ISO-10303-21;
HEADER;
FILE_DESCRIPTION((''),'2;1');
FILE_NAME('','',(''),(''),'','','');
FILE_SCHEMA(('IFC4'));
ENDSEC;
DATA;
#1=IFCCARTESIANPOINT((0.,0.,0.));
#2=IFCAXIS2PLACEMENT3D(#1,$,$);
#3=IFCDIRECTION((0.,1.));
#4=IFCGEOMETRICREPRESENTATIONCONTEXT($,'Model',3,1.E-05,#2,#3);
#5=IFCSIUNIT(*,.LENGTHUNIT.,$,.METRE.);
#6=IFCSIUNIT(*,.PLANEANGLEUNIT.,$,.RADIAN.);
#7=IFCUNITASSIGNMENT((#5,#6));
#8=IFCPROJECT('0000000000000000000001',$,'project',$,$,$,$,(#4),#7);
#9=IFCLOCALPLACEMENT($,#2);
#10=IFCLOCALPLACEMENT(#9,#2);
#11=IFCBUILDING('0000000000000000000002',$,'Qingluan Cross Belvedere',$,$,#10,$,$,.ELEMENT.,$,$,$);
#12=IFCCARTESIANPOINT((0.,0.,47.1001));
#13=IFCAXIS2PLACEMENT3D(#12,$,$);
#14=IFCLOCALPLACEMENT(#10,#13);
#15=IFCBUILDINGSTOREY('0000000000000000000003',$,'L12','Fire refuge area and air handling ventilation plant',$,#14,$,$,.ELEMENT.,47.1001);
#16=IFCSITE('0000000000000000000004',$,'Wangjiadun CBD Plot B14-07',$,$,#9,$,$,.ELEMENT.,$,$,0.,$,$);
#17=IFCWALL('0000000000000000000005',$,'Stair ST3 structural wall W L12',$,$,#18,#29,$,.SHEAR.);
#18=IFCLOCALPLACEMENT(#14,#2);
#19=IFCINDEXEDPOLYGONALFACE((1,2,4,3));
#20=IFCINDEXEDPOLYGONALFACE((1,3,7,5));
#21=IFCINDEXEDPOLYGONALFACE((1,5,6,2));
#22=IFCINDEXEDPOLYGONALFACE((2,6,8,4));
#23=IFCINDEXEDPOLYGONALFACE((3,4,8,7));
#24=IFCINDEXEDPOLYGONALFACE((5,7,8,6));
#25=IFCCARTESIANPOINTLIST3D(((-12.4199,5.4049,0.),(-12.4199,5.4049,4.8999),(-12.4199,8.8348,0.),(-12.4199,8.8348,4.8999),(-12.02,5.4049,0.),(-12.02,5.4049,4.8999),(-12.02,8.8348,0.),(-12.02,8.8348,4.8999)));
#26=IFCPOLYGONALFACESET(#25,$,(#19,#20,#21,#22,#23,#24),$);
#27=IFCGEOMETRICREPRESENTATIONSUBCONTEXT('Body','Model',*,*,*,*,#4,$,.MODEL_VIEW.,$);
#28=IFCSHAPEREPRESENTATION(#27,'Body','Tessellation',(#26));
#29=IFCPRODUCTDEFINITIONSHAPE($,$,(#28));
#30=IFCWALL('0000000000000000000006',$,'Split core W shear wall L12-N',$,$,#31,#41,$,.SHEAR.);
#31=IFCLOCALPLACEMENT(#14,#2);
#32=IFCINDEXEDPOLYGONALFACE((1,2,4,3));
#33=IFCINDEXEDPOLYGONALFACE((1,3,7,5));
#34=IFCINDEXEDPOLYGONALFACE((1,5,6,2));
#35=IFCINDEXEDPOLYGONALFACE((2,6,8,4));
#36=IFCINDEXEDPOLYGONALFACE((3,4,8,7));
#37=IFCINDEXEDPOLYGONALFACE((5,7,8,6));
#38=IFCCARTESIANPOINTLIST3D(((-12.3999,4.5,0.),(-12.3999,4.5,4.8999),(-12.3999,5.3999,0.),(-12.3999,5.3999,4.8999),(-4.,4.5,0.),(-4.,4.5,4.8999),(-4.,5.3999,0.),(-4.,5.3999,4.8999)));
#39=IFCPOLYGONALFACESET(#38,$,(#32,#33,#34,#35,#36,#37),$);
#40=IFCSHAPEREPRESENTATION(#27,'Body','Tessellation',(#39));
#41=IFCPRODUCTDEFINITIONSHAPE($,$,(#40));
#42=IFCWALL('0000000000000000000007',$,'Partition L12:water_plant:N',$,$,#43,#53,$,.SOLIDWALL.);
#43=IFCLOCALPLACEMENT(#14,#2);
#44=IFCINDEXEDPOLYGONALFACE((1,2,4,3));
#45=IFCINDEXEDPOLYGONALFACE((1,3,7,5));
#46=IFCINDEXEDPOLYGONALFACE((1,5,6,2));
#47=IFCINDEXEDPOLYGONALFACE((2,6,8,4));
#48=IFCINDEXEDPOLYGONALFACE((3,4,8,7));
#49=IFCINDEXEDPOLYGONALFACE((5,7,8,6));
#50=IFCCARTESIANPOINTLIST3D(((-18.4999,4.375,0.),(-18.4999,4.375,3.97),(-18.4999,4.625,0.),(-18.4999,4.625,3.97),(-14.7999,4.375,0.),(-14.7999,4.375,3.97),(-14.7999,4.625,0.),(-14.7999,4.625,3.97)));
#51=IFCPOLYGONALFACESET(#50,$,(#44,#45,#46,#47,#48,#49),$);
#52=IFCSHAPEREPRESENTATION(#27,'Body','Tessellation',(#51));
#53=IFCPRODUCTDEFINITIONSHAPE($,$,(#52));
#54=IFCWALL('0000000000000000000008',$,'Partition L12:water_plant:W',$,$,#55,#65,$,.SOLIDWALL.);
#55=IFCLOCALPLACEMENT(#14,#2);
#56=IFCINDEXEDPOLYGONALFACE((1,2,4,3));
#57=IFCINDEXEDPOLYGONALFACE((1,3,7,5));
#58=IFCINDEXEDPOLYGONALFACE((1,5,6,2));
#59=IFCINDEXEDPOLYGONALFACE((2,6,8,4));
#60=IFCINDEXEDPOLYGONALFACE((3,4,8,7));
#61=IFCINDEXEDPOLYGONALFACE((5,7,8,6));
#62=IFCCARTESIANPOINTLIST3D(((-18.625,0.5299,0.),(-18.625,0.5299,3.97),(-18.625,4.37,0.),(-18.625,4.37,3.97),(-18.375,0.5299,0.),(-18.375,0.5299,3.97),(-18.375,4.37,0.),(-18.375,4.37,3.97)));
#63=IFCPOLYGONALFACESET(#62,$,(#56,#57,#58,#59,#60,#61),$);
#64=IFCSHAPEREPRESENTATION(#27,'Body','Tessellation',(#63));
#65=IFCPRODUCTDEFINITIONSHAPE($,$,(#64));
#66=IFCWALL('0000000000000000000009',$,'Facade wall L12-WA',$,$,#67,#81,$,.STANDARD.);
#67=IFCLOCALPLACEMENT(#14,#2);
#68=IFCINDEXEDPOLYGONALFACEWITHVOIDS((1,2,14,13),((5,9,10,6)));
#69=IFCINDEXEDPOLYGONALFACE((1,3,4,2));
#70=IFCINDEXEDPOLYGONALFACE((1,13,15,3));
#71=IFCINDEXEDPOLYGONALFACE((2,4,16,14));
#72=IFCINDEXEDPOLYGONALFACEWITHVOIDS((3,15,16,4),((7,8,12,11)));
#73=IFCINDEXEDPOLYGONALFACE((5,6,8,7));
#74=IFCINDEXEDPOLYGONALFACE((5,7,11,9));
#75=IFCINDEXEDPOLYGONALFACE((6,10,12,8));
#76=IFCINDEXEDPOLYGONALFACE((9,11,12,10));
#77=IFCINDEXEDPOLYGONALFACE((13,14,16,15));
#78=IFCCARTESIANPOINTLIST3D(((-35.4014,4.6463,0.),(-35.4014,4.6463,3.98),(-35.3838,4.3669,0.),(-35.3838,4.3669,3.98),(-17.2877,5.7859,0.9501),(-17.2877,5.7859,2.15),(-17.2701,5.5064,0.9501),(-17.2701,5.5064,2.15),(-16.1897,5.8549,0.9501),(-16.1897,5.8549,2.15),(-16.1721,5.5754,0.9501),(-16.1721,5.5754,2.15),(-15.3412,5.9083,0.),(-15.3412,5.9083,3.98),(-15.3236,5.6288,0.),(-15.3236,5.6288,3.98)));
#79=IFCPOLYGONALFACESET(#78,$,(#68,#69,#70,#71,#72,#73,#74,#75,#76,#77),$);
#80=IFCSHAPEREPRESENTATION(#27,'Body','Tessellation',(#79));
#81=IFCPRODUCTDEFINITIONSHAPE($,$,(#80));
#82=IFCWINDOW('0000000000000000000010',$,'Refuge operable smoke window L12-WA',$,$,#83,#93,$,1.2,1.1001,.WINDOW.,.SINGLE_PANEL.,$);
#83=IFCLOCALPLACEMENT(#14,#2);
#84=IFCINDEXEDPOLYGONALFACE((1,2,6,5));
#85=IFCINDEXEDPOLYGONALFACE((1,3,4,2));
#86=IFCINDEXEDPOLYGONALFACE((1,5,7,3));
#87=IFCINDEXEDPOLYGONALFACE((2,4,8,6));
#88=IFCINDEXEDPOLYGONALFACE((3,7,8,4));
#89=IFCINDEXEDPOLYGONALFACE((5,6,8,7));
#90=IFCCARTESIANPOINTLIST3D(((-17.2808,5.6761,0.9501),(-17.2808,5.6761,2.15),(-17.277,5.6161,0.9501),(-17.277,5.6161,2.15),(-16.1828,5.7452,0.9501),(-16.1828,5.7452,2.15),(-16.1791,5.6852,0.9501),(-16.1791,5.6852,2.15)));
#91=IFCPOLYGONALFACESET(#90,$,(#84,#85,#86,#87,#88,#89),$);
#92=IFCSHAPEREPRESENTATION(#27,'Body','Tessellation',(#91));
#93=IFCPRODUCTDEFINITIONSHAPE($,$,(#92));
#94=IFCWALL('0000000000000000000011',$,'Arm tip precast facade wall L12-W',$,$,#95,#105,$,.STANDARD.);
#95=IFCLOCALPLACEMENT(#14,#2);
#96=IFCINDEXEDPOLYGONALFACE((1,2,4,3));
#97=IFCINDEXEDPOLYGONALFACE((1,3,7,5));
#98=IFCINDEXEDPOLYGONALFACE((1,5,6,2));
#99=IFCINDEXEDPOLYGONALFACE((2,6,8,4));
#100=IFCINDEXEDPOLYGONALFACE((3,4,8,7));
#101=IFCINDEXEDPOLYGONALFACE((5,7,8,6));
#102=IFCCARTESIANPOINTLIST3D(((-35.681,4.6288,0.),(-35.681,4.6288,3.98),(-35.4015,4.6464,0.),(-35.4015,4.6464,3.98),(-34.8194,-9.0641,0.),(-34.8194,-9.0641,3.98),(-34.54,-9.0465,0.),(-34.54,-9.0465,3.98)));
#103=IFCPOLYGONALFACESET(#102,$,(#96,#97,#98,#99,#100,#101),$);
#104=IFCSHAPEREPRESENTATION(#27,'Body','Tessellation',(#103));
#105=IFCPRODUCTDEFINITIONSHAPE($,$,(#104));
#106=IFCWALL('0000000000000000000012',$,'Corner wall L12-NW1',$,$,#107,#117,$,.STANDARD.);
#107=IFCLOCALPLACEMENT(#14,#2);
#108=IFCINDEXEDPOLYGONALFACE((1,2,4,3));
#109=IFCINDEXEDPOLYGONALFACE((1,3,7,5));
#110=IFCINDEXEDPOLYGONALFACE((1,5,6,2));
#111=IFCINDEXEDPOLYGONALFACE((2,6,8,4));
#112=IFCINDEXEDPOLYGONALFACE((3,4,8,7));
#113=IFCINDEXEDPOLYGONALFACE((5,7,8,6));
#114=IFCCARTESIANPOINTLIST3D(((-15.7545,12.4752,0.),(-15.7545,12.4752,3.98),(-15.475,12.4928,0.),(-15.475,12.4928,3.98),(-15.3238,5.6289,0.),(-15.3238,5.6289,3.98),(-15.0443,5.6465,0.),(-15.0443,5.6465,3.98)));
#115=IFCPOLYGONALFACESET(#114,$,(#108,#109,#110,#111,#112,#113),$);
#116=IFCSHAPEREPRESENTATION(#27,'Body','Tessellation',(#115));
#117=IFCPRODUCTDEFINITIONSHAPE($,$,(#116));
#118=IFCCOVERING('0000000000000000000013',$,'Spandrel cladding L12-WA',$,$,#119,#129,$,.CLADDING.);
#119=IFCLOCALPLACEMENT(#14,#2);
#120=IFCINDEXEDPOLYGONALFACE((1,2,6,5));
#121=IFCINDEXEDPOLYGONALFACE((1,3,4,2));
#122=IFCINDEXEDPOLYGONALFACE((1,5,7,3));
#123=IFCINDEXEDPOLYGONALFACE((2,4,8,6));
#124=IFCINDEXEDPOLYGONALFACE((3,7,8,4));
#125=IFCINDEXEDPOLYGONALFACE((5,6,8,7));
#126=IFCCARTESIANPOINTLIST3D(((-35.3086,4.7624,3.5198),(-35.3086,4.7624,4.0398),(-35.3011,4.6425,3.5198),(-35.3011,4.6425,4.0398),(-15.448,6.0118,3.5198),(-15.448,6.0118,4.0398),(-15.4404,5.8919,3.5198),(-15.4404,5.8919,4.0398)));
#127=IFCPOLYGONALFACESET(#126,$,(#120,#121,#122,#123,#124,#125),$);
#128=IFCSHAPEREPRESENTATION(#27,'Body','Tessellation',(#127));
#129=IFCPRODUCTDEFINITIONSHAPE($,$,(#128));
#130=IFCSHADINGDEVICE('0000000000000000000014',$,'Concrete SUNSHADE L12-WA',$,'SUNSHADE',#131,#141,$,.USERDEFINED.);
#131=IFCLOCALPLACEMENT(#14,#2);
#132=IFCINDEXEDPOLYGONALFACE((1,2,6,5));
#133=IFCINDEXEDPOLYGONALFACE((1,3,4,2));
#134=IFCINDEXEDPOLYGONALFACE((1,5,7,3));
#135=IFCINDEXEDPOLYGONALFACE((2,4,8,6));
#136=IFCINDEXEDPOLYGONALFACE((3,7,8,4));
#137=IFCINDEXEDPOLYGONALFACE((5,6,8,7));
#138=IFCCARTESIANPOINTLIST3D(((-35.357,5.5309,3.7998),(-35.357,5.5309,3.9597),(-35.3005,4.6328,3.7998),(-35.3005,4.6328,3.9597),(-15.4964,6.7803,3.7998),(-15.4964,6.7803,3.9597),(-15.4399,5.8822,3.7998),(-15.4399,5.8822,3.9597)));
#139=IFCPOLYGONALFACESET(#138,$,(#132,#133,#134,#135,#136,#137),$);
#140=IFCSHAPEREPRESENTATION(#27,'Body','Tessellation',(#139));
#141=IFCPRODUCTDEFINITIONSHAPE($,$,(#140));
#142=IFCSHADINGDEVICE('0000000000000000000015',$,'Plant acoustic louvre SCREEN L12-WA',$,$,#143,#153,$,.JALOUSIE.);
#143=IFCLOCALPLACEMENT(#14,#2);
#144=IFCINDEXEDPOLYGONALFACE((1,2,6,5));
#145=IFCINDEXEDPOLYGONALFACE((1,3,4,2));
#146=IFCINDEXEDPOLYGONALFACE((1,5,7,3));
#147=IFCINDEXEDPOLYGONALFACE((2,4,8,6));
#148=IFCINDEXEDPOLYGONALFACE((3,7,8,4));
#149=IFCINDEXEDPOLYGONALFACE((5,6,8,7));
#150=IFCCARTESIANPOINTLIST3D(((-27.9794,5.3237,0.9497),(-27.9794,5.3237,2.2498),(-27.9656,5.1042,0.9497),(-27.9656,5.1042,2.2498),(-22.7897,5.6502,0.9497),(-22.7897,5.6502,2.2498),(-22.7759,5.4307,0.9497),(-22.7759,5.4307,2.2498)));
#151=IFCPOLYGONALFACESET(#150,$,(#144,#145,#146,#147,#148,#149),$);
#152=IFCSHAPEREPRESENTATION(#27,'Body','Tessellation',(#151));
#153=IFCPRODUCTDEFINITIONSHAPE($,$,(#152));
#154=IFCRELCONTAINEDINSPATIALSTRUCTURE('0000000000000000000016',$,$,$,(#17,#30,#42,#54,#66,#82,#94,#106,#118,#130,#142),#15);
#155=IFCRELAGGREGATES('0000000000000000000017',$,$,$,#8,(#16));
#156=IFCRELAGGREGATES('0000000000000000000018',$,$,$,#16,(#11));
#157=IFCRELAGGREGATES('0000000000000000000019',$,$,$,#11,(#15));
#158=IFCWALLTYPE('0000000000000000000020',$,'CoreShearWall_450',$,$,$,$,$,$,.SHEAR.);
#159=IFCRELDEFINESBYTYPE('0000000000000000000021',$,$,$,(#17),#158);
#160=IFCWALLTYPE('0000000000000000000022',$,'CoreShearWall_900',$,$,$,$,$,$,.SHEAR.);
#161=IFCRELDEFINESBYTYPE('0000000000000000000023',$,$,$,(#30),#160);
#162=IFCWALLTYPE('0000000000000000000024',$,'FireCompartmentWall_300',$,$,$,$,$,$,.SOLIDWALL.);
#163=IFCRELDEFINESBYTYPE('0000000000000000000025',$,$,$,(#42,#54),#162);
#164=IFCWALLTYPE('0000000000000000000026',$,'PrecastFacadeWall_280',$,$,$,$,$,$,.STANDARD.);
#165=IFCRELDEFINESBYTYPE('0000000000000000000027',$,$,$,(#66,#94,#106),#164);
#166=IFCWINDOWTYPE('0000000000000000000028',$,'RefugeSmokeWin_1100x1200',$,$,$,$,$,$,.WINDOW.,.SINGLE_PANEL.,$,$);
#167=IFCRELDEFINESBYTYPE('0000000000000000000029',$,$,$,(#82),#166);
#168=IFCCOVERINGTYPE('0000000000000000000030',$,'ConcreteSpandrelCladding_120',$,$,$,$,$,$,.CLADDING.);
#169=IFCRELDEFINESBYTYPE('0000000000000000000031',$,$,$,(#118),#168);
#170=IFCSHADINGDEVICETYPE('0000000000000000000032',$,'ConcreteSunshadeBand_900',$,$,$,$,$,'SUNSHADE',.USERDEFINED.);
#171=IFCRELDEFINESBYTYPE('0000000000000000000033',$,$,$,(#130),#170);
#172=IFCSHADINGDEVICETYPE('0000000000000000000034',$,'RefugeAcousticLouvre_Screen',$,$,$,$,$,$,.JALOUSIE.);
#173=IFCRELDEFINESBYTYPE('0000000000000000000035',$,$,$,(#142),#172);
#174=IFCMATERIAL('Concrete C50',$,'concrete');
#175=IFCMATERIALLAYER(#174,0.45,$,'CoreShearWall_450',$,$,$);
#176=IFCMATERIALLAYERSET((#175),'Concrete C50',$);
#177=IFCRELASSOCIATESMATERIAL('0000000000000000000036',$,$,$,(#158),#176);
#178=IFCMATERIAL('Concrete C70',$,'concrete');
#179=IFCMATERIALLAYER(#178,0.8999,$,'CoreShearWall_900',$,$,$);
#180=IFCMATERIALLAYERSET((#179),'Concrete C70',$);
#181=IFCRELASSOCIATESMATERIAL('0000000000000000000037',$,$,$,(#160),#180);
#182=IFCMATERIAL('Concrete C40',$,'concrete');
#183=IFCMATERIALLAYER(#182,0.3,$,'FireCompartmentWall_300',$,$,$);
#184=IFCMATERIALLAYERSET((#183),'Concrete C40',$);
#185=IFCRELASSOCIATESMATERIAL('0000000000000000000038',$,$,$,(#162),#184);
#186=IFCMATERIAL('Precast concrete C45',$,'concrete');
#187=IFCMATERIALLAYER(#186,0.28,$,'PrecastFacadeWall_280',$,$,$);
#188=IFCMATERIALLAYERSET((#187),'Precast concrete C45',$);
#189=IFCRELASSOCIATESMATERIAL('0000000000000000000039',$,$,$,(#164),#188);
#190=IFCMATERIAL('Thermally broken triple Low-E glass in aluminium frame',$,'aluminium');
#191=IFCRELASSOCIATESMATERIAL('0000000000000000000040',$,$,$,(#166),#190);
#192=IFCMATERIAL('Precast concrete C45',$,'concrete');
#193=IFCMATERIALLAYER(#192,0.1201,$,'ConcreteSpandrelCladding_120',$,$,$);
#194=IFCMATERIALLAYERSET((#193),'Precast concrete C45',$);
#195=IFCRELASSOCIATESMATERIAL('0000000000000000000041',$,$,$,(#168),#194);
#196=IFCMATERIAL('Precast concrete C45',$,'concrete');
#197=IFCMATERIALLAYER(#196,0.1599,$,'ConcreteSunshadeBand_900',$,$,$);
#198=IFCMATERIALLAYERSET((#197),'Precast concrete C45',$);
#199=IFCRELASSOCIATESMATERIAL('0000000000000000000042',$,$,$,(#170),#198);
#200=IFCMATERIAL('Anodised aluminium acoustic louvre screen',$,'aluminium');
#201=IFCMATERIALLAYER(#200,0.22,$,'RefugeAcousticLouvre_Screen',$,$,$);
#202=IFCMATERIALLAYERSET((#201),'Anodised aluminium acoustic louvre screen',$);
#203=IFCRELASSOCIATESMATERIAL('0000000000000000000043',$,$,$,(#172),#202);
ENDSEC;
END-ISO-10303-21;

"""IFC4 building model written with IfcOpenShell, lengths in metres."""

from ifc_helpers import new_model, si_unit, direction, frame, frame_2d, origin, origin_2d, place, context, subcontext, project, spatial, rectangle, extrude, material, layer, layer_set, type_object, element, fill, save


model = new_model("IFC4")

# Units and contexts
model_context = context("Model", 3, precision=1e-05, world=origin(), true_north=direction((0.0, 1.0)))
body_context = subcontext(model_context, "Body", "Model", "MODEL_VIEW")
ifc_project = project(units=[si_unit("LENGTHUNIT", "METRE"), si_unit("PLANEANGLEUNIT", "RADIAN")], contexts=[model_context])

# Site, building, storey
site_placement = place(None, origin())
site = spatial("IfcSite", under=ifc_project, at=site_placement, Name="Wangjiadun CBD Plot B14-07", CompositionType="ELEMENT", RefElevation=0.0)
building_placement = place(site_placement, origin())
building = spatial("IfcBuilding", under=site, at=building_placement, Name="Qingluan Cross Belvedere", CompositionType="ELEMENT")
storey_placement = place(building_placement, frame((0.0, 0.0, 47.1001)))
storey = spatial("IfcBuildingStorey", under=building, at=storey_placement, Name="L12", Description="Fire refuge area and air handling ventilation plant", CompositionType="ELEMENT", Elevation=47.1001)

# Walls
ifc_material_1 = material(Name="Concrete C50", Category="concrete")
ifc_layer_1 = layer(ifc_material_1, 0.45, Name="CoreShearWall_450")
ifc_layer_set_1 = layer_set([ifc_layer_1], Name="Concrete C50")
wall_type_1 = type_object("IfcWallType", Name="CoreShearWall_450", PredefinedType="SHEAR", material=ifc_layer_set_1)
wall_1_placement = place(storey_placement, frame((-12.22, 5.405, 0.0), z_axis=(0.0, 0.0, 1.0), x_axis=(0.0, 1.0, 0.0)))
element("IfcWall", 1, at=wall_1_placement, inside=storey, type_object=wall_type_1, Name="Stair ST3 structural wall W L12", PredefinedType="SHEAR", context=body_context, shape_type="SweptSolid", body=[
    extrude(rectangle(XDim=3.4299, YDim=0.3999, at=frame_2d((1.7148, 0.0))), origin(), (0.0, 0.0, 1.0), 4.8999),
])
ifc_material_2 = material(Name="Concrete C70", Category="concrete")
ifc_layer_2 = layer(ifc_material_2, 0.8999, Name="CoreShearWall_900")
ifc_layer_set_2 = layer_set([ifc_layer_2], Name="Concrete C70")
wall_type_2 = type_object("IfcWallType", Name="CoreShearWall_900", PredefinedType="SHEAR", material=ifc_layer_set_2)
wall_2_placement = place(storey_placement, frame((-12.3999, 4.95, 0.0), z_axis=(0.0, 0.0, 1.0), x_axis=(1.0, 0.0, 0.0)))
element("IfcWall", 2, at=wall_2_placement, inside=storey, type_object=wall_type_2, Name="Split core W shear wall L12-N", PredefinedType="SHEAR", context=body_context, shape_type="SweptSolid", body=[
    extrude(rectangle(XDim=8.3999, YDim=0.8999, at=frame_2d((4.2, 0.0))), origin(), (0.0, 0.0, 1.0), 4.8999),
])
ifc_material_3 = material(Name="Concrete C40", Category="concrete")
ifc_layer_3 = layer(ifc_material_3, 0.3, Name="FireCompartmentWall_300")
ifc_layer_set_3 = layer_set([ifc_layer_3], Name="Concrete C40")
wall_type_3 = type_object("IfcWallType", Name="FireCompartmentWall_300", PredefinedType="SOLIDWALL", material=ifc_layer_set_3)
wall_3_placement = place(storey_placement, frame((-18.5, 4.5, 0.0), z_axis=(0.0, 0.0, 1.0), x_axis=(1.0, 0.0, 0.0)))
element("IfcWall", 3, at=wall_3_placement, inside=storey, type_object=wall_type_3, Name="Partition L12:water_plant:N", PredefinedType="SOLIDWALL", context=body_context, shape_type="SweptSolid", body=[
    extrude(rectangle(XDim=3.7, YDim=0.25, at=frame_2d((1.8501, 0.0))), origin(), (0.0, 0.0, 1.0), 3.97),
])
wall_4_placement = place(storey_placement, frame((-18.5, 0.53, 0.0), z_axis=(0.0, 0.0, 1.0), x_axis=(0.0, 1.0, 0.0)))
element("IfcWall", 4, at=wall_4_placement, inside=storey, type_object=wall_type_3, Name="Partition L12:water_plant:W", PredefinedType="SOLIDWALL", context=body_context, shape_type="SweptSolid", body=[
    extrude(rectangle(XDim=3.8401, YDim=0.25, at=frame_2d((1.9199, 0.0))), origin(), (0.0, 0.0, 1.0), 3.97),
])

# Wall, opening, window
ifc_material_4 = material(Name="Precast concrete C45", Category="concrete")
ifc_layer_4 = layer(ifc_material_4, 0.28, Name="PrecastFacadeWall_280")
ifc_layer_set_4 = layer_set([ifc_layer_4], Name="Precast concrete C45")
wall_type_4 = type_object("IfcWallType", Name="PrecastFacadeWall_280", PredefinedType="STANDARD", material=ifc_layer_set_4)
wall_5_placement = place(storey_placement, frame((-15.3325, 5.7686, 0.0), z_axis=(0.0, 0.0, 1.0), x_axis=(-0.998027, -0.062784, 0.0)))
wall_5 = element("IfcWall", 5, at=wall_5_placement, inside=storey, type_object=wall_type_4, Name="Facade wall L12-WA", PredefinedType="STANDARD", context=body_context, shape_type="SweptSolid", body=[
    extrude(rectangle(XDim=20.0999, YDim=0.28, at=frame_2d((10.0498, 0.0))), origin(), (0.0, 0.0, 1.0), 3.98),
])
opening_1_placement = place(wall_5_placement, frame((0.8501, 0.0, 0.95)))
opening_1 = element("IfcOpeningElement", 6, at=opening_1_placement, cuts=wall_5, PredefinedType="OPENING", context=body_context, shape_type="SweptSolid", body=[
    extrude(rectangle(XDim=1.1001, YDim=1.2, at=frame_2d((0.55, 0.6001))), frame((0.0, 0.1499, 0.0), z_axis=(0.0, -1.0, 0.0), x_axis=(1.0, 0.0, 0.0)), (0.0, 0.0, 1.0), 0.3),
])
ifc_material_5 = material(Name="Thermally broken triple Low-E glass in aluminium frame", Category="aluminium")
window_type = type_object("IfcWindowType", Name="RefugeSmokeWin_1100x1200", PartitioningType="SINGLE_PANEL", PredefinedType="WINDOW", material=ifc_material_5)
window_placement = place(opening_1_placement, origin())
window = element("IfcWindow", 7, at=window_placement, inside=storey, type_object=window_type, Name="Refuge operable smoke window L12-WA", OverallHeight=1.2, OverallWidth=1.1001, PartitioningType="SINGLE_PANEL", PredefinedType="WINDOW", context=body_context, shape_type="SweptSolid", body=[
    extrude(rectangle(XDim=1.1001, YDim=1.2, at=frame_2d((0.55, 0.6001))), frame((0.0, 0.03, 0.0), z_axis=(0.0, -1.0, 0.0), x_axis=(1.0, 0.0, 0.0)), (0.0, 0.0, 1.0), 0.0601),
])
fill(opening_1, window)

# Walls
wall_6_placement = place(storey_placement, frame((-35.5413, 4.6375, 0.0), z_axis=(0.0, 0.0, 1.0), x_axis=(0.062797, -0.998026, 0.0)))
element("IfcWall", 8, at=wall_6_placement, inside=storey, type_object=wall_type_4, Name="Arm tip precast facade wall L12-W", PredefinedType="STANDARD", context=body_context, shape_type="SweptSolid", body=[
    extrude(rectangle(XDim=13.72, YDim=0.28, at=frame_2d((6.8599, 0.0))), origin(), (0.0, 0.0, 1.0), 3.98),
])
wall_7_placement = place(storey_placement, frame((-15.1841, 5.6377, 0.0), z_axis=(0.0, 0.0, 1.0), x_axis=(-0.062779, 0.998027, 0.0)))
element("IfcWall", 9, at=wall_7_placement, inside=storey, type_object=wall_type_4, Name="Corner wall L12-NW1", PredefinedType="STANDARD", context=body_context, shape_type="SweptSolid", body=[
    extrude(rectangle(XDim=6.8599, YDim=0.28, at=frame_2d((3.4299, 0.0))), origin(), (0.0, 0.0, 1.0), 3.98),
])

# Covering
ifc_material_6 = material(Name="Precast concrete C45", Category="concrete")
ifc_layer_5 = layer(ifc_material_6, 0.1201, Name="ConcreteSpandrelCladding_120")
ifc_layer_set_5 = layer_set([ifc_layer_5], Name="Precast concrete C45")
covering_type = type_object("IfcCoveringType", Name="ConcreteSpandrelCladding_120", PredefinedType="CLADDING", material=ifc_layer_set_5)
covering_placement = place(storey_placement, frame((-25.3745, 5.3271, 3.5198), z_axis=(0.0, 0.0, 1.0), x_axis=(-0.998027, -0.062786, 0.0)))
element("IfcCovering", 10, at=covering_placement, inside=storey, type_object=covering_type, Name="Spandrel cladding L12-WA", PredefinedType="CLADDING", context=body_context, shape_type="SweptSolid", body=[
    extrude(rectangle(XDim=19.8999, YDim=0.1201, at=origin_2d()), origin(), (0.0, 0.0, 1.0), 0.52),
])

# Shading devices
ifc_material_7 = material(Name="Precast concrete C45", Category="concrete")
ifc_layer_6 = layer(ifc_material_7, 0.1599, Name="ConcreteSunshadeBand_900")
ifc_layer_set_6 = layer_set([ifc_layer_6], Name="Precast concrete C45")
shading_device_type_1 = type_object("IfcShadingDeviceType", Name="ConcreteSunshadeBand_900", ElementType="SUNSHADE", PredefinedType="USERDEFINED", material=ifc_layer_set_6)
shading_device_1_placement = place(storey_placement, frame((-25.3984, 5.7065, 3.7998), z_axis=(0.0, 0.0, 1.0), x_axis=(-0.998027, -0.062786, 0.0)))
element("IfcShadingDevice", 11, at=shading_device_1_placement, inside=storey, type_object=shading_device_type_1, Name="Concrete SUNSHADE L12-WA", ObjectType="SUNSHADE", PredefinedType="USERDEFINED", context=body_context, shape_type="SweptSolid", body=[
    extrude(rectangle(XDim=19.8999, YDim=0.8999, at=origin_2d()), origin(), (0.0, 0.0, 1.0), 0.1599),
])
ifc_material_8 = material(Name="Anodised aluminium acoustic louvre screen", Category="aluminium")
ifc_layer_7 = layer(ifc_material_8, 0.22, Name="RefugeAcousticLouvre_Screen")
ifc_layer_set_7 = layer_set([ifc_layer_7], Name="Anodised aluminium acoustic louvre screen")
shading_device_type_2 = type_object("IfcShadingDeviceType", Name="RefugeAcousticLouvre_Screen", PredefinedType="JALOUSIE", material=ifc_layer_set_7)
shading_device_2_placement = place(storey_placement, frame((-25.3777, 5.3772, 0.9497), z_axis=(0.0, 0.0, 1.0), x_axis=(-0.998027, -0.062786, 0.0)))
element("IfcShadingDevice", 12, at=shading_device_2_placement, inside=storey, type_object=shading_device_type_2, Name="Plant acoustic louvre SCREEN L12-WA", PredefinedType="JALOUSIE", context=body_context, shape_type="SweptSolid", body=[
    extrude(rectangle(XDim=5.2, YDim=0.22, at=origin_2d()), origin(), (0.0, 0.0, 1.0), 1.3),
])

save(model, "model.ifc")
